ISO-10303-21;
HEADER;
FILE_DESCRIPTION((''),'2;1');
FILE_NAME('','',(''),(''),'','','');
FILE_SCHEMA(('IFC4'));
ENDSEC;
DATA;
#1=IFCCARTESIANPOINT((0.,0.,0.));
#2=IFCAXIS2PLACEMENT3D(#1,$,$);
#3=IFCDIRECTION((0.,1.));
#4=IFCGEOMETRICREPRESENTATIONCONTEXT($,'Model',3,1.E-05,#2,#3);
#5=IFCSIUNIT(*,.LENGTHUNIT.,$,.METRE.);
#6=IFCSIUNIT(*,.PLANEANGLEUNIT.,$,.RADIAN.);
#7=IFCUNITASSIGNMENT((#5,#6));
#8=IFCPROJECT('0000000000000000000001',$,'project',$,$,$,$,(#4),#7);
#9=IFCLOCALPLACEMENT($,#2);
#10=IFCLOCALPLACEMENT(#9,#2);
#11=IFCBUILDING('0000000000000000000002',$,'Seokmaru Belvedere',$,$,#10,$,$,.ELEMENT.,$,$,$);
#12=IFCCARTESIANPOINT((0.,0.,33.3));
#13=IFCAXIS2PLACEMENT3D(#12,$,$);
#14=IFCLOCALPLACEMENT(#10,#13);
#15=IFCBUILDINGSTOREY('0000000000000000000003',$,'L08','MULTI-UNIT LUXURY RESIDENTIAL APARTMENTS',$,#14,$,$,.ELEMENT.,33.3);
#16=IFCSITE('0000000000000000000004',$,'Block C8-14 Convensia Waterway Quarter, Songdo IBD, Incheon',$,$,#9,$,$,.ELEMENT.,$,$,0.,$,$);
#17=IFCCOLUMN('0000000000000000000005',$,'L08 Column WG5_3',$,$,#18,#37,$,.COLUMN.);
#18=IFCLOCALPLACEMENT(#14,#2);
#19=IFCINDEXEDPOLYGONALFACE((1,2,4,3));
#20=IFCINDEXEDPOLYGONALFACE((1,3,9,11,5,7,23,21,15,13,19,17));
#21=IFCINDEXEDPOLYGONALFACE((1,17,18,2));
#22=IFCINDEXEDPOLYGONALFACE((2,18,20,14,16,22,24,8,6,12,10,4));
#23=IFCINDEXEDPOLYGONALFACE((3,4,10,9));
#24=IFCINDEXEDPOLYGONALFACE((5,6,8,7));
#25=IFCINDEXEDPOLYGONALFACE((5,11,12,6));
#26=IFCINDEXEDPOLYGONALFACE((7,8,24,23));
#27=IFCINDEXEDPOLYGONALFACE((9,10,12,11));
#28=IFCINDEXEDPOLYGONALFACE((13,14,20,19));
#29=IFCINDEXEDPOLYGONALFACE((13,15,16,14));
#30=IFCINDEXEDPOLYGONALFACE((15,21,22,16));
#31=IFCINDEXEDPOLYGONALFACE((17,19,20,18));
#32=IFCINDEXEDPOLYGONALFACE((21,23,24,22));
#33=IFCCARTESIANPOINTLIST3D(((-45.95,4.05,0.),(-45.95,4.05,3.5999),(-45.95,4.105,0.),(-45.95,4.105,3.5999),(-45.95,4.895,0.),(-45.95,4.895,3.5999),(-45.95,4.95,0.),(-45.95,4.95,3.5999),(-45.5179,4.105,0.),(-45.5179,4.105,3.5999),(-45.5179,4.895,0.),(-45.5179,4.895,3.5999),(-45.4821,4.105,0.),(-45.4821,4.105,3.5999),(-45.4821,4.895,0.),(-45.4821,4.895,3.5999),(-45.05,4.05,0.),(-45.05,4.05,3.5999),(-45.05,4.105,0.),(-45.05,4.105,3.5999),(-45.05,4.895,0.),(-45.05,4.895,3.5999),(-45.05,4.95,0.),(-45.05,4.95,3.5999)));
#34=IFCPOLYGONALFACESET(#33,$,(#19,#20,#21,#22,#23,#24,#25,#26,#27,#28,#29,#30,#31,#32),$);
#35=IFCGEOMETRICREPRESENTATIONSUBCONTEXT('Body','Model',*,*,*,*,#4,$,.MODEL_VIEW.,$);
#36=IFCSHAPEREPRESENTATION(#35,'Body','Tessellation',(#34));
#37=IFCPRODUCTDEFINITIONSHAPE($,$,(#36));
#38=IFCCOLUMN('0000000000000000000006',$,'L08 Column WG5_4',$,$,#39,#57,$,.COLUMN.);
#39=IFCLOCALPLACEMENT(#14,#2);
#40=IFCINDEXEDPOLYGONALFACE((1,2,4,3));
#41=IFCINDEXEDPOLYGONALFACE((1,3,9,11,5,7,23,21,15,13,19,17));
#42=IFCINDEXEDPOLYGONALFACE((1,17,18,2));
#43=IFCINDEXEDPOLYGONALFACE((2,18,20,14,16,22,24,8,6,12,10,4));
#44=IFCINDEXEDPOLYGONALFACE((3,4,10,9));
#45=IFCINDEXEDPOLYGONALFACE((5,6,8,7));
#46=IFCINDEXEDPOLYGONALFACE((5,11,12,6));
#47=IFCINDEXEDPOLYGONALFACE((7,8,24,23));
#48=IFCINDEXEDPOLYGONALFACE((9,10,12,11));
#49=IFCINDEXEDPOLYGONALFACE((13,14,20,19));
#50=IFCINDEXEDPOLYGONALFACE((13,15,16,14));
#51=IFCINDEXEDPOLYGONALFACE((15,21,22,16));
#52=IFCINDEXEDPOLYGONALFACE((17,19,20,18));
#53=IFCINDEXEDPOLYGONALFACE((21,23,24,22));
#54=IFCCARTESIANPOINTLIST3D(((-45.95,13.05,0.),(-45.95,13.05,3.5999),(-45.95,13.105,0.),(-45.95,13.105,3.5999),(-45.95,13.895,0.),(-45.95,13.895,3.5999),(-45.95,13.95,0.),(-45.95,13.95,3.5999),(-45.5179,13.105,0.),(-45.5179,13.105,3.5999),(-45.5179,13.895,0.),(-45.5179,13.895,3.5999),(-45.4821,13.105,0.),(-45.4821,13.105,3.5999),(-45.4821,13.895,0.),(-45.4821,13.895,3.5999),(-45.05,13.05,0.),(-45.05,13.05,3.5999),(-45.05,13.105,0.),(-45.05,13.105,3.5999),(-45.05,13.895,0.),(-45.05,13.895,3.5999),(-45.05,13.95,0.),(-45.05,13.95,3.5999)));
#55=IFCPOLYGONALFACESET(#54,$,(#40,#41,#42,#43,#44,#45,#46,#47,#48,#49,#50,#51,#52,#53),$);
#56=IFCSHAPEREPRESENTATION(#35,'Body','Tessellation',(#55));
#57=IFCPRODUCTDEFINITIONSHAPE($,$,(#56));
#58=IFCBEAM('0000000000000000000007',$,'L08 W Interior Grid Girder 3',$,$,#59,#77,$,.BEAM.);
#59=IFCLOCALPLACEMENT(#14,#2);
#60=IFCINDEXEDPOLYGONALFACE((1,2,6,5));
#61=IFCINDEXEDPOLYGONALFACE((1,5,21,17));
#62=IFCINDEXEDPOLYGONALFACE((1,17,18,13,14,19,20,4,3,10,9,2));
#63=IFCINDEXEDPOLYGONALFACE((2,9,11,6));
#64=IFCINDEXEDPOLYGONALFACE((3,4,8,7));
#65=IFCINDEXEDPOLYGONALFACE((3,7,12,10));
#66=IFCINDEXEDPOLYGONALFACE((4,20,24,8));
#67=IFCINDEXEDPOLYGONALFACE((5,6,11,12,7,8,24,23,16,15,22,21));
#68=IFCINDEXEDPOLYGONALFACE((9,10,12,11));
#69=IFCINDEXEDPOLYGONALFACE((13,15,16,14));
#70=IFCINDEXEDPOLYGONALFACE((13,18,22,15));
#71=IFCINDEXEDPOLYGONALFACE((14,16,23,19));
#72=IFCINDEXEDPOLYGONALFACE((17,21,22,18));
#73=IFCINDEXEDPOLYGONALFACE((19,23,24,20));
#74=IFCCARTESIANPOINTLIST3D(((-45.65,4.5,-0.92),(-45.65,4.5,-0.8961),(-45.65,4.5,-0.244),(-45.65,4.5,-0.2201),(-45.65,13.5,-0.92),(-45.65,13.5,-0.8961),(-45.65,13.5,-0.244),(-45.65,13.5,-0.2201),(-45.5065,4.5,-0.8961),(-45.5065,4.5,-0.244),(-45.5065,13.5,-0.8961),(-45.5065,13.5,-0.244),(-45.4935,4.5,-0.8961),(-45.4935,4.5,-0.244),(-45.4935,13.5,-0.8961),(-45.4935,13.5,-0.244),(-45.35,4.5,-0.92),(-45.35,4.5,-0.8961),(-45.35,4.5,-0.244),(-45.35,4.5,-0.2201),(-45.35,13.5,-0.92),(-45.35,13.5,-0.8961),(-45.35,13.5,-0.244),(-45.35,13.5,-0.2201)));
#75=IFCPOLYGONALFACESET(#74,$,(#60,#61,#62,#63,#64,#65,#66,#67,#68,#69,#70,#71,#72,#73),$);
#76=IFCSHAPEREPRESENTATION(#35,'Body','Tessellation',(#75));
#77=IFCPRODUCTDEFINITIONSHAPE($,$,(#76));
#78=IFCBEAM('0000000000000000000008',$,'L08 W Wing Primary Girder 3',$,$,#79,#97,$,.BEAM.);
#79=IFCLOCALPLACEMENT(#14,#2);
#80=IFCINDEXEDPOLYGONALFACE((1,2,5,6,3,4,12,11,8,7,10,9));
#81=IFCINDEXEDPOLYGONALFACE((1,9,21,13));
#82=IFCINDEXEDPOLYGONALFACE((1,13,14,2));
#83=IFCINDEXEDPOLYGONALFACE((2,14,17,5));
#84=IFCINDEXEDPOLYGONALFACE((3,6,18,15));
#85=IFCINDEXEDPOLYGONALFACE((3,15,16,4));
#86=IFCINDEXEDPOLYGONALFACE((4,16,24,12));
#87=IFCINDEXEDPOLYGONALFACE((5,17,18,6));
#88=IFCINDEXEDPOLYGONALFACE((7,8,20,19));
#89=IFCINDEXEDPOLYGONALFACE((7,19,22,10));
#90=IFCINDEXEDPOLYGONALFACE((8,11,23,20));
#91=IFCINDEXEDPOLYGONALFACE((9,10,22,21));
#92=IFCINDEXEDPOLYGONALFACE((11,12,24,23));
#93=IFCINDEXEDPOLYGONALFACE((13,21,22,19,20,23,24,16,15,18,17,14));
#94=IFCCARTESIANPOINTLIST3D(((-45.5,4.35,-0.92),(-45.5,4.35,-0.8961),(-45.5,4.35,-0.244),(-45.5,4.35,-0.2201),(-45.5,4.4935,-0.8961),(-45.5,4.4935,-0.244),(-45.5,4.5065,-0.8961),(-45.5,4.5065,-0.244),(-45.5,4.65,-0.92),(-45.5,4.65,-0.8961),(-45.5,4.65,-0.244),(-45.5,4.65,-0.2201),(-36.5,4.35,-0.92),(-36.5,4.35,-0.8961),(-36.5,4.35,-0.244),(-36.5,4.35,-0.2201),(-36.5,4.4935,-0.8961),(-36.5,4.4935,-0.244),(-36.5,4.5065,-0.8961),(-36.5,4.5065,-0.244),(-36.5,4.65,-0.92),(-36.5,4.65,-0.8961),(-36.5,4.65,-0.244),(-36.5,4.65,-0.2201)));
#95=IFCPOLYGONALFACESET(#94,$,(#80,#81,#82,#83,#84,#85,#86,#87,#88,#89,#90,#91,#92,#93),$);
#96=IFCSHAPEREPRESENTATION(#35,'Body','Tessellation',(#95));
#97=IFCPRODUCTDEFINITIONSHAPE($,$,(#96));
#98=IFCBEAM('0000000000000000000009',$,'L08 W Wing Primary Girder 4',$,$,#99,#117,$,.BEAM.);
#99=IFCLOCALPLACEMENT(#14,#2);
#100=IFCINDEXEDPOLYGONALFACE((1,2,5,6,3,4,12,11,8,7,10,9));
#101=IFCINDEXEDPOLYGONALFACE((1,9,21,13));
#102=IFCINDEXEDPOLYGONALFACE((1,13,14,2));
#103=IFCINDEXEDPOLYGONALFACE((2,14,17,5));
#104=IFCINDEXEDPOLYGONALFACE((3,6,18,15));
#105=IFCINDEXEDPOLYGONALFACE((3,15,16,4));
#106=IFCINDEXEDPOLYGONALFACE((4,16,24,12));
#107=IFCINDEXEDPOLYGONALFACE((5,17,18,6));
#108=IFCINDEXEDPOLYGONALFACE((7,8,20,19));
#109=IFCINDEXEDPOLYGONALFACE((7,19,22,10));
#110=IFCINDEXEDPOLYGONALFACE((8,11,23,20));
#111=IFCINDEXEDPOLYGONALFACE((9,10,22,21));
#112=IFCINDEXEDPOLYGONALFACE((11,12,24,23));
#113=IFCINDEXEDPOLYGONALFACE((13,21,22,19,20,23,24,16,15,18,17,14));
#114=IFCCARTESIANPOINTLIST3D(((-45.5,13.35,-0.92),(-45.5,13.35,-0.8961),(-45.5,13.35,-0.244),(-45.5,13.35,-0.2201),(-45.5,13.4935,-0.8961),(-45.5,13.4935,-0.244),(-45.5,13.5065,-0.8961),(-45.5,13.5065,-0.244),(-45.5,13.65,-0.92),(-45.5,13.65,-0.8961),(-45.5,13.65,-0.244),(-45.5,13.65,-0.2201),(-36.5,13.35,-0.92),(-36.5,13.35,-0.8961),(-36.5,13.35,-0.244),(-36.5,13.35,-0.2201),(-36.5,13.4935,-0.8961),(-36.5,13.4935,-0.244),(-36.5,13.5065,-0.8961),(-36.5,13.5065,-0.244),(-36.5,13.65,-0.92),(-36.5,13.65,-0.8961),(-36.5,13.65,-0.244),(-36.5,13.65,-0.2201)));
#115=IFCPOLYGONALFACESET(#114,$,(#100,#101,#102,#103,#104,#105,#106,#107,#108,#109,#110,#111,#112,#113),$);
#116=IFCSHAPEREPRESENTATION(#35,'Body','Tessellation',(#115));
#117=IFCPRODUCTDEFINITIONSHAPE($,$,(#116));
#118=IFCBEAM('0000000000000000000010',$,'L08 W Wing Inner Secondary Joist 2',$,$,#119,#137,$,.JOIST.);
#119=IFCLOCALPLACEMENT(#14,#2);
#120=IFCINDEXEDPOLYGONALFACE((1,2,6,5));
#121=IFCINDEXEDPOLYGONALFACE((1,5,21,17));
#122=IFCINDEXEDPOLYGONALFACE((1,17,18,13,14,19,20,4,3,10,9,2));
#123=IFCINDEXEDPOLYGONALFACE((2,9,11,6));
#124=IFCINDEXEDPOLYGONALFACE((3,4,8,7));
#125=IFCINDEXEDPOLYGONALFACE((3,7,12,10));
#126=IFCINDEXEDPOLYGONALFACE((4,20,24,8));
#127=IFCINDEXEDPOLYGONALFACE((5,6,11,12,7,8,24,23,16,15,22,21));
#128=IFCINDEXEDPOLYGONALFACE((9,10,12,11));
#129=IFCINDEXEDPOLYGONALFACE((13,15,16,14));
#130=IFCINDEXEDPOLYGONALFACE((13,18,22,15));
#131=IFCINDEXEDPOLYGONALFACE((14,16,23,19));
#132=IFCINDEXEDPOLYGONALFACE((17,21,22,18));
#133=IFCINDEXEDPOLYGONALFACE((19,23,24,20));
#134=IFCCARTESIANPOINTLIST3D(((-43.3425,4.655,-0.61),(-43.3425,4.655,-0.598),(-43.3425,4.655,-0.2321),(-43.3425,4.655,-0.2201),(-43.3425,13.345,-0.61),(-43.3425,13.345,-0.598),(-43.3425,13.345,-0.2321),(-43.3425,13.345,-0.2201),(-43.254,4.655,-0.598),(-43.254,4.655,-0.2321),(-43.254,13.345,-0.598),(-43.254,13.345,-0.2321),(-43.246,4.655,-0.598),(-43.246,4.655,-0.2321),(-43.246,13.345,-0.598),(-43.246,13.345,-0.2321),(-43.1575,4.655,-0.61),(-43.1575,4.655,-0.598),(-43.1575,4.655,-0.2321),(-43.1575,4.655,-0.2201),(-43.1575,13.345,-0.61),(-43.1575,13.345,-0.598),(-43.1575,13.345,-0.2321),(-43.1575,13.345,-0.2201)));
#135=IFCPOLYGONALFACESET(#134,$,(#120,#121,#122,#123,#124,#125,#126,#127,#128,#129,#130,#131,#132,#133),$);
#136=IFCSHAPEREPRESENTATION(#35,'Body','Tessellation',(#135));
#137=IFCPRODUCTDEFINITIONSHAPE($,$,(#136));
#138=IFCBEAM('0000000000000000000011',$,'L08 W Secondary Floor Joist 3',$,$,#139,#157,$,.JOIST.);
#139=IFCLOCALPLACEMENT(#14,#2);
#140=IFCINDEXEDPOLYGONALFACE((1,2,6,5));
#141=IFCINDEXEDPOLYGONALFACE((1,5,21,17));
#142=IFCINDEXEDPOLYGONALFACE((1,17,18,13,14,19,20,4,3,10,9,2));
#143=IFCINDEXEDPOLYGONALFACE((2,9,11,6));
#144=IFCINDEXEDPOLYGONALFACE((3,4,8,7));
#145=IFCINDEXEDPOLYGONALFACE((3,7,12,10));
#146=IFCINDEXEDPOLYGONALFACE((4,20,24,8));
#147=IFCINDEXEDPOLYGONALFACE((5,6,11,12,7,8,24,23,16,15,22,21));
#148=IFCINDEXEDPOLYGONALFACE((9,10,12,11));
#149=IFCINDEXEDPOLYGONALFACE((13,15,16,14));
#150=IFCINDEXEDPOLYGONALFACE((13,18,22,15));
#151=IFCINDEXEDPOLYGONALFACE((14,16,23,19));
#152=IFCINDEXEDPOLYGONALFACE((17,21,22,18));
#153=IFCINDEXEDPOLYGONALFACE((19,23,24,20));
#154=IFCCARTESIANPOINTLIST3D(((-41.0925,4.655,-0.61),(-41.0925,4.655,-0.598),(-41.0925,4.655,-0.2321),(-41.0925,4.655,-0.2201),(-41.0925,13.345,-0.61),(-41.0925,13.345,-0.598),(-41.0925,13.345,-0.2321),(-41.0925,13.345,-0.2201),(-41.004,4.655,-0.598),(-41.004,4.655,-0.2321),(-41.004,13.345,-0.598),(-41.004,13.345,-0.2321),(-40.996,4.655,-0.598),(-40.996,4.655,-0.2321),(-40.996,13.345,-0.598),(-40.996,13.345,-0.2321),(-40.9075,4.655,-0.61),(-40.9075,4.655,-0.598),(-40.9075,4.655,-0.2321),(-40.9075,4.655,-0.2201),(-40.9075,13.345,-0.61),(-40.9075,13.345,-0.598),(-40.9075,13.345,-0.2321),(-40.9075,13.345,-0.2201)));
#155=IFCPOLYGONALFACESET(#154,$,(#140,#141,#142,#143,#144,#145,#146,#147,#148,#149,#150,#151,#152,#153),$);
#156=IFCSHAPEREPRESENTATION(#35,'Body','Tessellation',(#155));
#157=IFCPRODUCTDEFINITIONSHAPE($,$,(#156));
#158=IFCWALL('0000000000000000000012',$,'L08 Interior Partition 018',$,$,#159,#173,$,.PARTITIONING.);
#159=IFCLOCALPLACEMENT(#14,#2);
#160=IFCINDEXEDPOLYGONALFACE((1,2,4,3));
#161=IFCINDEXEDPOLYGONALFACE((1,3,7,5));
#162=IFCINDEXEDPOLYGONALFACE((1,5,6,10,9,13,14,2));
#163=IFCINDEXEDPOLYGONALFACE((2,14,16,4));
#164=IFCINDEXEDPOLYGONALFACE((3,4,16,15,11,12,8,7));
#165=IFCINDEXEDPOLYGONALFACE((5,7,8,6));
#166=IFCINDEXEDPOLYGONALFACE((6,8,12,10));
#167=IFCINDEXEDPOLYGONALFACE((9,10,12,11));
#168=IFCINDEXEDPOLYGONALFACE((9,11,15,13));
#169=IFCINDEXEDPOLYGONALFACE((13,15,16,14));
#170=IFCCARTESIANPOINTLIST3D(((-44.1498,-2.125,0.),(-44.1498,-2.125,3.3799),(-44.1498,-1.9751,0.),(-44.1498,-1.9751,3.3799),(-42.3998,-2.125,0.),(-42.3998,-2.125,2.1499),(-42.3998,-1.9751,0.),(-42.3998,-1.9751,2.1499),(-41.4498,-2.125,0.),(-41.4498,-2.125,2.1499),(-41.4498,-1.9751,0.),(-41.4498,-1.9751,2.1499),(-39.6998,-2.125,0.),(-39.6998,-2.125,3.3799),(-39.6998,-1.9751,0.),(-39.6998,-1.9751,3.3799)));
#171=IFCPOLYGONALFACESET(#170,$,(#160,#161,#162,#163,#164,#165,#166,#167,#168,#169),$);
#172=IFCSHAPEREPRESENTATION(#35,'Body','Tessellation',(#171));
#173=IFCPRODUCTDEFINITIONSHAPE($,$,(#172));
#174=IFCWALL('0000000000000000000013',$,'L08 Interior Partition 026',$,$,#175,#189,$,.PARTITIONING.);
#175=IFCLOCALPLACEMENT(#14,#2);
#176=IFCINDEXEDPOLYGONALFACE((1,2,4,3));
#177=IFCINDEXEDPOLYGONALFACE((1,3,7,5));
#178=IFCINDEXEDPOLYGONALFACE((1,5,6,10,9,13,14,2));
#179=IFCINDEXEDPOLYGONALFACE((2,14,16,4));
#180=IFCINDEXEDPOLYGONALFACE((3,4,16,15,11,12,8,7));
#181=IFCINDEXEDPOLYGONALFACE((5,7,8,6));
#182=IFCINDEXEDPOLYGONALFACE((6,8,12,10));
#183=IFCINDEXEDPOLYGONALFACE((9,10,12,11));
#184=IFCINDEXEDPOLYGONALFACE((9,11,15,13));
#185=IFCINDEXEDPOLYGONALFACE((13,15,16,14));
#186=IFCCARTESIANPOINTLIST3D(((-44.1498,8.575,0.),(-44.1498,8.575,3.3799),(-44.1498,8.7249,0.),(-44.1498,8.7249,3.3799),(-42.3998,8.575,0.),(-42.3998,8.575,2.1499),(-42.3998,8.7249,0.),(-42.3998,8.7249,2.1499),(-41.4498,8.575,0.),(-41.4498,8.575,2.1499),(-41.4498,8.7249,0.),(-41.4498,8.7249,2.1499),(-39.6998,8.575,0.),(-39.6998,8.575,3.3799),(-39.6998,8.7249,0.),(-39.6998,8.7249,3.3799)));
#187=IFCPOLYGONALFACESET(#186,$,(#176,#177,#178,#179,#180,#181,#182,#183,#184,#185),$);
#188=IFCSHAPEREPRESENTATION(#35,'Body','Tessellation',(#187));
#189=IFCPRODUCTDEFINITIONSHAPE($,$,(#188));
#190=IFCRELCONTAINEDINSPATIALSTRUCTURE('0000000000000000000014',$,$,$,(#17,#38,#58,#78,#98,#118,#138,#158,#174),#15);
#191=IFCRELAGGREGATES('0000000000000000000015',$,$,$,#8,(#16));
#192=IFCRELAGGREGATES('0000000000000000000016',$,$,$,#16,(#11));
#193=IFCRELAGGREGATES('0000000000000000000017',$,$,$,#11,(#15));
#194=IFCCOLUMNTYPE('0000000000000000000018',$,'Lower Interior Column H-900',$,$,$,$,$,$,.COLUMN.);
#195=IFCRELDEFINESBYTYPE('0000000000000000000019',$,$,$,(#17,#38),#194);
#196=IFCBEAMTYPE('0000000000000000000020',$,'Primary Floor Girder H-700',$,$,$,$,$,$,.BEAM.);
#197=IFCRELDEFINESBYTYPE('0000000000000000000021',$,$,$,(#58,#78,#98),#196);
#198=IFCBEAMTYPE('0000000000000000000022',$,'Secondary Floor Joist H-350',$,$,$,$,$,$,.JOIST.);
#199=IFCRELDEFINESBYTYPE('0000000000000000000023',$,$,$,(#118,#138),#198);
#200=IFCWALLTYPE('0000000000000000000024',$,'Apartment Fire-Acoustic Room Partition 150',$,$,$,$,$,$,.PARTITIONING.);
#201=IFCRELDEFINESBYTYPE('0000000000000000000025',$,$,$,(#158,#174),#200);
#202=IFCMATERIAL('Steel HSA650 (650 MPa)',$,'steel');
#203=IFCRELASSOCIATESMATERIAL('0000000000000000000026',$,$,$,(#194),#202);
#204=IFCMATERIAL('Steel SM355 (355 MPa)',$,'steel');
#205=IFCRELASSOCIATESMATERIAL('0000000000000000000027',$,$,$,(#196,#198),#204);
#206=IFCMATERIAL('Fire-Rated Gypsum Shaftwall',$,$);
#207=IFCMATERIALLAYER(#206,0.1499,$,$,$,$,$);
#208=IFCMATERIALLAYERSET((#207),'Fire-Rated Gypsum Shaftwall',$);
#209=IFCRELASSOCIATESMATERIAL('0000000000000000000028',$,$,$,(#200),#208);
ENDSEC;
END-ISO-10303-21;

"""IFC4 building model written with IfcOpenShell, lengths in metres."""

from ifc_helpers import new_model, si_unit, direction, frame, frame_2d, origin, origin_2d, place, context, subcontext, project, spatial, rectangle, i_section, extrude, source, transform, mapped, material, layer, layer_set, material_profile, profile_set, type_object, type_shapes, element, save


model = new_model("IFC4")

# Units and contexts
model_context = context("Model", 3, precision=1e-05, world=origin(), true_north=direction((0.0, 1.0)))
body_context = subcontext(model_context, "Body", "Model", "MODEL_VIEW")
ifc_project = project(units=[si_unit("LENGTHUNIT", "METRE"), si_unit("PLANEANGLEUNIT", "RADIAN")], contexts=[model_context])

# Site, building, storey
site_placement = place(None, origin())
site = spatial("IfcSite", under=ifc_project, at=site_placement, Name="Block C8-14 Convensia Waterway Quarter, Songdo IBD, Incheon", CompositionType="ELEMENT", RefElevation=0.0)
building_placement = place(site_placement, origin())
building = spatial("IfcBuilding", under=site, at=building_placement, Name="Seokmaru Belvedere", CompositionType="ELEMENT")
storey_placement = place(building_placement, frame((0.0, 0.0, 33.3)))
storey = spatial("IfcBuildingStorey", under=building, at=storey_placement, Name="L08", Description="MULTI-UNIT LUXURY RESIDENTIAL APARTMENTS", CompositionType="ELEMENT", Elevation=33.3)

# Columns
ifc_material_1 = material(Name="Steel HSA650 (650 MPa)", Category="steel")
ifc_material_profile_1 = material_profile(ifc_material_1, i_section(OverallWidth=0.8999, OverallDepth=0.8999, WebThickness=0.0359, FlangeThickness=0.0549, at=origin_2d()), Name="H-900x900x36x55")
ifc_profile_set_1 = profile_set([ifc_material_profile_1], Name="Steel HSA650 (650 MPa)")
column_type = type_object("IfcColumnType", Name="Lower Interior Column H-900", PredefinedType="COLUMN", material=ifc_profile_set_1)
shared_shape_1 = source(origin(), body_context, "Body", "SweptSolid", [
    extrude(i_section(OverallWidth=0.8999, OverallDepth=0.8999, WebThickness=0.0359, FlangeThickness=0.0549, at=origin_2d()), origin(), (0.0, 0.0, 1.0), 3.5999),
])
type_shapes(column_type, [shared_shape_1])
for number, where, z_axis, x_axis, name in (
    (1, (-45.5, 4.5, 0.0), (0.0, 0.0, 1.0), (1.0, 0.0, 0.0), "L08 Column WG5_3"),
    (2, (-45.5, 13.5, 0.0), (0.0, 0.0, 1.0), (1.0, 0.0, 0.0), "L08 Column WG5_4"),
):
    element("IfcColumn", number, at=place(storey_placement, frame(where, z_axis=z_axis, x_axis=x_axis)), inside=storey, type_object=column_type, Name=name, PredefinedType="COLUMN", context=body_context, shape_type="MappedRepresentation", body=[
        mapped(shared_shape_1, transform((0.0, 0.0, 0.0), scale=1.0)),
    ])

# Beams
ifc_material_2 = material(Name="Steel SM355 (355 MPa)", Category="steel")
ifc_material_profile_2 = material_profile(ifc_material_2, i_section(OverallWidth=0.3, OverallDepth=0.7, WebThickness=0.0129, FlangeThickness=0.0239, at=origin_2d()), Name="H-700x300x13x24")
ifc_profile_set_2 = profile_set([ifc_material_profile_2], Name="Steel SM355 (355 MPa)")
beam_type_1 = type_object("IfcBeamType", Name="Primary Floor Girder H-700", PredefinedType="BEAM", material=ifc_profile_set_2)
shared_shape_2 = source(origin(), body_context, "Body", "SweptSolid", [
    extrude(i_section(OverallWidth=0.3, OverallDepth=0.7, WebThickness=0.0129, FlangeThickness=0.0239, at=origin_2d()), origin(), (0.0, 0.0, 1.0), 9.0),
])
type_shapes(beam_type_1, [shared_shape_2])
for number, where, z_axis, x_axis, name in (
    (3, (-45.5, 4.5, -0.5701), (0.0, 1.0, 0.0), (-1.0, 0.0, 0.0), "L08 W Interior Grid Girder 3"),
    (4, (-45.5, 4.5, -0.5701), (1.0, 0.0, 0.0), (0.0, 1.0, 0.0), "L08 W Wing Primary Girder 3"),
    (5, (-45.5, 13.5, -0.5701), (1.0, 0.0, 0.0), (0.0, 1.0, 0.0), "L08 W Wing Primary Girder 4"),
):
    element("IfcBeam", number, at=place(storey_placement, frame(where, z_axis=z_axis, x_axis=x_axis)), inside=storey, type_object=beam_type_1, Name=name, PredefinedType="BEAM", context=body_context, shape_type="MappedRepresentation", body=[
        mapped(shared_shape_2, transform((0.0, 0.0, 0.0), scale=1.0)),
    ])
ifc_material_profile_3 = material_profile(ifc_material_2, i_section(OverallWidth=0.1851, OverallDepth=0.3899, WebThickness=0.0081, FlangeThickness=0.012, at=origin_2d()), Name="H-390x185x8x12")
ifc_profile_set_3 = profile_set([ifc_material_profile_3], Name="Steel SM355 (355 MPa)")
beam_type_2 = type_object("IfcBeamType", Name="Secondary Floor Joist H-350", PredefinedType="JOIST", material=ifc_profile_set_3)
shared_shape_3 = source(origin(), body_context, "Body", "SweptSolid", [
    extrude(i_section(OverallWidth=0.1851, OverallDepth=0.3899, WebThickness=0.0081, FlangeThickness=0.012, at=origin_2d()), origin(), (0.0, 0.0, 1.0), 8.6899),
])
type_shapes(beam_type_2, [shared_shape_3])
for number, where, z_axis, x_axis, name in (
    (6, (-43.25, 4.655, -0.415), (0.0, 1.0, 0.0), (-1.0, 0.0, 0.0), "L08 W Wing Inner Secondary Joist 2"),
    (7, (-41.0, 4.655, -0.415), (0.0, 1.0, 0.0), (-1.0, 0.0, 0.0), "L08 W Secondary Floor Joist 3"),
):
    element("IfcBeam", number, at=place(storey_placement, frame(where, z_axis=z_axis, x_axis=x_axis)), inside=storey, type_object=beam_type_2, Name=name, PredefinedType="JOIST", context=body_context, shape_type="MappedRepresentation", body=[
        mapped(shared_shape_3, transform((0.0, 0.0, 0.0), scale=1.0)),
    ])

# Walls, openings
ifc_material_3 = material(Name="Fire-Rated Gypsum Shaftwall")
ifc_layer_1 = layer(ifc_material_3, 0.1499)
ifc_layer_set_1 = layer_set([ifc_layer_1], Name="Fire-Rated Gypsum Shaftwall")
wall_type_1 = type_object("IfcWallType", Name="Apartment Fire-Acoustic Room Partition 150", PredefinedType="PARTITIONING", material=ifc_layer_set_1)
wall_1_placement = place(storey_placement, frame((-44.1499, -2.05, 0.0), z_axis=(0.0, 0.0, 1.0), x_axis=(1.0, 0.0, 0.0)))
wall_1 = element("IfcWall", 8, at=wall_1_placement, inside=storey, type_object=wall_type_1, Name="L08 Interior Partition 018", PredefinedType="PARTITIONING", context=body_context, shape_type="SweptSolid", body=[
    extrude(rectangle(XDim=4.45, YDim=0.1499, at=frame_2d((2.2251, 0.0))), origin(), (0.0, 0.0, 1.0), 3.3799),
])
opening_1_placement = place(wall_1_placement, frame((1.75, 0.0, 0.0)))
element("IfcOpeningElement", 9, at=opening_1_placement, cuts=wall_1, PredefinedType="OPENING", context=body_context, shape_type="SweptSolid", body=[
    extrude(rectangle(XDim=0.95, YDim=2.1499, at=frame_2d((0.4751, 1.075))), frame((0.0, 0.085, 0.0), z_axis=(0.0, -1.0, 0.0), x_axis=(1.0, 0.0, 0.0)), (0.0, 0.0, 1.0), 0.1699),
])
wall_2_placement = place(storey_placement, frame((-44.1499, 8.6499, 0.0), z_axis=(0.0, 0.0, 1.0), x_axis=(1.0, 0.0, 0.0)))
wall_2 = element("IfcWall", 10, at=wall_2_placement, inside=storey, type_object=wall_type_1, Name="L08 Interior Partition 026", PredefinedType="PARTITIONING", context=body_context, shape_type="SweptSolid", body=[
    extrude(rectangle(XDim=4.45, YDim=0.1499, at=frame_2d((2.2251, 0.0))), origin(), (0.0, 0.0, 1.0), 3.3799),
])
opening_2_placement = place(wall_2_placement, frame((1.75, 0.0, 0.0)))
element("IfcOpeningElement", 11, at=opening_2_placement, cuts=wall_2, PredefinedType="OPENING", context=body_context, shape_type="SweptSolid", body=[
    extrude(rectangle(XDim=0.95, YDim=2.1499, at=frame_2d((0.4751, 1.075))), frame((0.0, 0.085, 0.0), z_axis=(0.0, -1.0, 0.0), x_axis=(1.0, 0.0, 0.0)), (0.0, 0.0, 1.0), 0.1699),
])

save(model, "model.ifc")
